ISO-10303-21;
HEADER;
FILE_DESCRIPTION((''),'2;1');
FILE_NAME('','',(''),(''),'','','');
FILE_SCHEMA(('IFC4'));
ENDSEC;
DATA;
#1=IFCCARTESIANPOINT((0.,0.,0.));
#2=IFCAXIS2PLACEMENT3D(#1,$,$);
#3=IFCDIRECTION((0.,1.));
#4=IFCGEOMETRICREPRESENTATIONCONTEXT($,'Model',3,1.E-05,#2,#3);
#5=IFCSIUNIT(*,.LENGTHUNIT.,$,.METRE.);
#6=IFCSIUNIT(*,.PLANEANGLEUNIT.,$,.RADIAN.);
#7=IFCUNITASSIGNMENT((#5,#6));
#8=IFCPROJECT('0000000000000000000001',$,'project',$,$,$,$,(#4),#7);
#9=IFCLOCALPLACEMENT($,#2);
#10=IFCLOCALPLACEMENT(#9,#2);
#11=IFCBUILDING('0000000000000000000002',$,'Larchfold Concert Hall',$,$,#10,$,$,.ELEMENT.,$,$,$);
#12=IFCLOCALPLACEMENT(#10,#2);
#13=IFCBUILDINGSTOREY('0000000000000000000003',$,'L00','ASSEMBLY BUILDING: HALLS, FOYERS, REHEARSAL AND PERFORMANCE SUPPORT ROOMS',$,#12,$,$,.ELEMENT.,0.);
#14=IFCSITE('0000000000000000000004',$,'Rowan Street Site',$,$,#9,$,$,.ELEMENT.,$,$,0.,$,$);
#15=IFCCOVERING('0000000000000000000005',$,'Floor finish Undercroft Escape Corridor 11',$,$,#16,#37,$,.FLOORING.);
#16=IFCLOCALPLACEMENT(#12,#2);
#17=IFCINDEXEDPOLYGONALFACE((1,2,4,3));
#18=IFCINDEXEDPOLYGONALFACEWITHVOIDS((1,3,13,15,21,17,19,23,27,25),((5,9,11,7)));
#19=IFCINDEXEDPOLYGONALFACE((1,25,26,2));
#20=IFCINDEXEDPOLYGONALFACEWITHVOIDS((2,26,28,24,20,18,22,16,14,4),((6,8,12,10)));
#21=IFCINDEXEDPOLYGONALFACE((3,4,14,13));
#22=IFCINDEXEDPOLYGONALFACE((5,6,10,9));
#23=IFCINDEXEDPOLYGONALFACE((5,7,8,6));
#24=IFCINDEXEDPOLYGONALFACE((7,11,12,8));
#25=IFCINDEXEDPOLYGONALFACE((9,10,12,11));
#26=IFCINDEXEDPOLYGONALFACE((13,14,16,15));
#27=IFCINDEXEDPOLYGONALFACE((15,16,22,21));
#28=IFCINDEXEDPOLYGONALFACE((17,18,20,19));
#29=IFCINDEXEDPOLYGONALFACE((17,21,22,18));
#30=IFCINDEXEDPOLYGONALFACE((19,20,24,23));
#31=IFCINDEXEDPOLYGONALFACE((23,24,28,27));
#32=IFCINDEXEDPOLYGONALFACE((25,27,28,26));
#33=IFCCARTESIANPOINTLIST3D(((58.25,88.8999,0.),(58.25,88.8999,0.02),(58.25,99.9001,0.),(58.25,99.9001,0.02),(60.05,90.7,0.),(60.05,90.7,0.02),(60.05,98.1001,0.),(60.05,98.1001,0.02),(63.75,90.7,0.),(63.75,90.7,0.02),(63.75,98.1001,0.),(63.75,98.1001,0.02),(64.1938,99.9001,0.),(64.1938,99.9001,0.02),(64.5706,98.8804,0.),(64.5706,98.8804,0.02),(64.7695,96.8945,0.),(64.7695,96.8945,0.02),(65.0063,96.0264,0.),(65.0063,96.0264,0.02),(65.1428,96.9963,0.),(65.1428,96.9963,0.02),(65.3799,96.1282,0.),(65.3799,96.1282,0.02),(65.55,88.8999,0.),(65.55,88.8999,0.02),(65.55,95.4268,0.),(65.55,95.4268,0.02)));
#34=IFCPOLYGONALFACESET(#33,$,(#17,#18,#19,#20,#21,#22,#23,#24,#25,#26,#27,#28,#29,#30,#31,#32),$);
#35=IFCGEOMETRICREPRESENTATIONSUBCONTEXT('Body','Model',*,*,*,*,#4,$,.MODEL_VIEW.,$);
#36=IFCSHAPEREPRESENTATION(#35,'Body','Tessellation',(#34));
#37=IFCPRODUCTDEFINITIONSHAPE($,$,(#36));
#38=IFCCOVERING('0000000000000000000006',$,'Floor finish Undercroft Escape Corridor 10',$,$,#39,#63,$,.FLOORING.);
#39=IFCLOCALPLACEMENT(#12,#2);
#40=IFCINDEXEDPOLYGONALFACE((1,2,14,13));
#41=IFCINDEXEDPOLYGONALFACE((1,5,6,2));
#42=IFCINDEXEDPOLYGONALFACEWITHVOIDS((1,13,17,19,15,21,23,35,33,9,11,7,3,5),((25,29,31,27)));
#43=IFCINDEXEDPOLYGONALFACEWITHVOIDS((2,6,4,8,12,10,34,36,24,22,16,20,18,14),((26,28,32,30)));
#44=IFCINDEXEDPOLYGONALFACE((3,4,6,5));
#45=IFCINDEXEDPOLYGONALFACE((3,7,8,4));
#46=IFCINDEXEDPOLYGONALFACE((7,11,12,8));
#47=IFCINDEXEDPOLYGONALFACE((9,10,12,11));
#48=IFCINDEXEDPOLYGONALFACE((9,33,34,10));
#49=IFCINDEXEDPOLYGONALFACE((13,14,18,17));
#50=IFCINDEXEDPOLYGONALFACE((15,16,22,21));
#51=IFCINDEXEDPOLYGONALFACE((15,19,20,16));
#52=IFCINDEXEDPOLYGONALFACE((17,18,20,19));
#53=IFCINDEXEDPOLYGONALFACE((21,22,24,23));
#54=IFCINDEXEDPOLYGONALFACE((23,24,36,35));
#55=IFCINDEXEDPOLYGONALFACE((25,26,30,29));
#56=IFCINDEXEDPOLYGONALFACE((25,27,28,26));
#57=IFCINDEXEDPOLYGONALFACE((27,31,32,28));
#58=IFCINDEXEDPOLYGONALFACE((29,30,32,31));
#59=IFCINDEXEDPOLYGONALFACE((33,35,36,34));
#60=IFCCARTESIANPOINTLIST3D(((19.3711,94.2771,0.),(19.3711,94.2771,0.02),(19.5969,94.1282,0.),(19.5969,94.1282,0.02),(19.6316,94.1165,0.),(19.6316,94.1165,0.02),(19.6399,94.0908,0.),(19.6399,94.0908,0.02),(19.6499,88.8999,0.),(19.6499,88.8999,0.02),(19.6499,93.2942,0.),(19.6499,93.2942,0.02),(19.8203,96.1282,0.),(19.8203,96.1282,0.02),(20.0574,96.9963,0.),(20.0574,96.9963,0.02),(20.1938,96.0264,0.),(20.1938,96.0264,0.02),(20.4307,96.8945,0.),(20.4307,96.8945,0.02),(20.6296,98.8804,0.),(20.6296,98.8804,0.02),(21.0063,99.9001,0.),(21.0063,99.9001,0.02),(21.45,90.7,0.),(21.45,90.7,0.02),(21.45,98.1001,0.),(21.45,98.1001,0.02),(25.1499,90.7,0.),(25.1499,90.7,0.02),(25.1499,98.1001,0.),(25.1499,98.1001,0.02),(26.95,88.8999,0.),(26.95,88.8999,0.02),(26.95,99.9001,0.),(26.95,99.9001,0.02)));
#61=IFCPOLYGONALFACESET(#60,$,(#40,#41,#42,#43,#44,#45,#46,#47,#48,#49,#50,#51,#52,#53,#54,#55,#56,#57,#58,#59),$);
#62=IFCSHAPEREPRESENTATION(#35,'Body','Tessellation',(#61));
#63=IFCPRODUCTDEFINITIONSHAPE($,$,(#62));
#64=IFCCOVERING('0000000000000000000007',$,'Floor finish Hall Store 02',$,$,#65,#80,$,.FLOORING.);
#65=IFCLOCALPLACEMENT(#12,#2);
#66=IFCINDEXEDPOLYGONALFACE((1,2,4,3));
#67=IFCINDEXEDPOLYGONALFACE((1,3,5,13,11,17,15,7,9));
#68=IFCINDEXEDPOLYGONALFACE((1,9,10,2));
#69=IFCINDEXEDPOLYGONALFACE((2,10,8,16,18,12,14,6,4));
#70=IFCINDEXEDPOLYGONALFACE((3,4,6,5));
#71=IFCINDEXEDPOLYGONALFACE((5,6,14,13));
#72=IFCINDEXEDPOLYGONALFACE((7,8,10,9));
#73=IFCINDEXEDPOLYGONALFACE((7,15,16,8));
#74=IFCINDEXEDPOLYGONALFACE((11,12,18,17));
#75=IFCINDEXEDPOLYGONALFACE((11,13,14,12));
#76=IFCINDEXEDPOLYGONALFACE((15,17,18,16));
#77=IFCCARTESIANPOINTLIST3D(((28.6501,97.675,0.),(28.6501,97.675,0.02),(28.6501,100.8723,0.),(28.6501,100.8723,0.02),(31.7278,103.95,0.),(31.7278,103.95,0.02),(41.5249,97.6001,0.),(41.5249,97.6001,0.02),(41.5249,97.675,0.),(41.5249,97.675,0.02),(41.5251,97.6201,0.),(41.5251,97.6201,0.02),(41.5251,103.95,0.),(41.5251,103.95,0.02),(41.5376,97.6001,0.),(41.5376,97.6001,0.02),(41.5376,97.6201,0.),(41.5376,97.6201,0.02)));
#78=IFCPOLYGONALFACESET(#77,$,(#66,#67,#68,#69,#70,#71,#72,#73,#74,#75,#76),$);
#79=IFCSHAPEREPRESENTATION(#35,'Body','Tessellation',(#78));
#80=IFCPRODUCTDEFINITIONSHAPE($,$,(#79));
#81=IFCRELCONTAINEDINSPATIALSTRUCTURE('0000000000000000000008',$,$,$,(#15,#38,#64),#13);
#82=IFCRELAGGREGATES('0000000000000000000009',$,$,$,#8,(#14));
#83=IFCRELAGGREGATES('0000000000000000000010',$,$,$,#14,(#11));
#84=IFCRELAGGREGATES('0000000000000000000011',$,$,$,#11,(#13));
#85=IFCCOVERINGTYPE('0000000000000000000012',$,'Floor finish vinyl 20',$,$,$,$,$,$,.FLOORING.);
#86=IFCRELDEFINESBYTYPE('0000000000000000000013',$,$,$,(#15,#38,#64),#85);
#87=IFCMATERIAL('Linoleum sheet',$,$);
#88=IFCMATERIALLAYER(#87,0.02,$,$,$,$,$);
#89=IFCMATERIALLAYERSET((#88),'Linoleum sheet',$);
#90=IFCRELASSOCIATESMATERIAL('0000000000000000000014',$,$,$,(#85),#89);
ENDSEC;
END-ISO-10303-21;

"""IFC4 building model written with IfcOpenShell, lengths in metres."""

from ifc_helpers import new_model, si_unit, direction, origin, place, context, subcontext, project, spatial, polyline, outline, extrude, material, layer, layer_set, type_object, element, save


model = new_model("IFC4")

# Units and contexts
model_context = context("Model", 3, precision=1e-05, world=origin(), true_north=direction((0.0, 1.0)))
body_context = subcontext(model_context, "Body", "Model", "MODEL_VIEW")
ifc_project = project(units=[si_unit("LENGTHUNIT", "METRE"), si_unit("PLANEANGLEUNIT", "RADIAN")], contexts=[model_context])

# Site, building, storey
site_placement = place(None, origin())
site = spatial("IfcSite", under=ifc_project, at=site_placement, Name="Rowan Street Site", CompositionType="ELEMENT", RefElevation=0.0)
building_placement = place(site_placement, origin())
building = spatial("IfcBuilding", under=site, at=building_placement, Name="Larchfold Concert Hall", CompositionType="ELEMENT")
storey_placement = place(building_placement, origin())
storey = spatial("IfcBuildingStorey", under=building, at=storey_placement, Name="L00", Description="ASSEMBLY BUILDING: HALLS, FOYERS, REHEARSAL AND PERFORMANCE SUPPORT ROOMS", CompositionType="ELEMENT", Elevation=0.0)

# Coverings
ifc_material_1 = material(Name="Linoleum sheet")
ifc_layer_1 = layer(ifc_material_1, 0.02)
ifc_layer_set_1 = layer_set([ifc_layer_1], Name="Linoleum sheet")
covering_type_1 = type_object("IfcCoveringType", Name="Floor finish vinyl 20", PredefinedType="FLOORING", material=ifc_layer_set_1)
covering_1_placement = place(storey_placement, origin())
element("IfcCovering", 1, at=covering_1_placement, inside=storey, type_object=covering_type_1, Name="Floor finish Undercroft Escape Corridor 11", PredefinedType="FLOORING", context=body_context, shape_type="SweptSolid", body=[
    extrude(outline(polyline([(58.25, 88.8999), (65.55, 88.8999), (65.55, 95.4268), (65.3799, 96.1282), (65.0063, 96.0264), (64.7695, 96.8945), (65.1428, 96.9963), (64.5706, 98.8804), (64.1938, 99.9001), (58.25, 99.9001), (58.25, 88.8999)]), holes=[polyline([(60.05, 98.1001), (63.75, 98.1001), (63.75, 90.7), (60.05, 90.7), (60.05, 98.1001)])]), origin(), (0.0, 0.0, 1.0), 0.02),
])
covering_2_placement = place(storey_placement, origin())
element("IfcCovering", 2, at=covering_2_placement, inside=storey, type_object=covering_type_1, Name="Floor finish Undercroft Escape Corridor 10", PredefinedType="FLOORING", context=body_context, shape_type="SweptSolid", body=[
    extrude(outline(polyline([(19.5969, 94.1282), (19.6399, 94.0908), (19.6499, 93.2942), (19.6499, 88.8999), (26.95, 88.8999), (26.95, 99.9001), (21.0063, 99.9001), (20.6296, 98.8804), (20.0574, 96.9963), (20.4307, 96.8945), (20.1938, 96.0264), (19.8203, 96.1282), (19.3711, 94.2771), (19.6316, 94.1165), (19.5969, 94.1282)]), holes=[polyline([(21.45, 90.7), (21.45, 98.1001), (25.1499, 98.1001), (25.1499, 90.7), (21.45, 90.7)])]), origin(), (0.0, 0.0, 1.0), 0.02),
])
covering_3_placement = place(storey_placement, origin())
element("IfcCovering", 3, at=covering_3_placement, inside=storey, type_object=covering_type_1, Name="Floor finish Hall Store 02", PredefinedType="FLOORING", context=body_context, shape_type="SweptSolid", body=[
    extrude(outline(polyline([(28.6501, 100.8723), (28.6501, 97.675), (41.5249, 97.675), (41.5249, 97.6001), (41.5376, 97.6001), (41.5376, 97.6201), (41.5251, 97.6201), (41.5251, 103.95), (31.7278, 103.95), (28.6501, 100.8723)])), origin(), (0.0, 0.0, 1.0), 0.02),
])

save(model, "model.ifc")
